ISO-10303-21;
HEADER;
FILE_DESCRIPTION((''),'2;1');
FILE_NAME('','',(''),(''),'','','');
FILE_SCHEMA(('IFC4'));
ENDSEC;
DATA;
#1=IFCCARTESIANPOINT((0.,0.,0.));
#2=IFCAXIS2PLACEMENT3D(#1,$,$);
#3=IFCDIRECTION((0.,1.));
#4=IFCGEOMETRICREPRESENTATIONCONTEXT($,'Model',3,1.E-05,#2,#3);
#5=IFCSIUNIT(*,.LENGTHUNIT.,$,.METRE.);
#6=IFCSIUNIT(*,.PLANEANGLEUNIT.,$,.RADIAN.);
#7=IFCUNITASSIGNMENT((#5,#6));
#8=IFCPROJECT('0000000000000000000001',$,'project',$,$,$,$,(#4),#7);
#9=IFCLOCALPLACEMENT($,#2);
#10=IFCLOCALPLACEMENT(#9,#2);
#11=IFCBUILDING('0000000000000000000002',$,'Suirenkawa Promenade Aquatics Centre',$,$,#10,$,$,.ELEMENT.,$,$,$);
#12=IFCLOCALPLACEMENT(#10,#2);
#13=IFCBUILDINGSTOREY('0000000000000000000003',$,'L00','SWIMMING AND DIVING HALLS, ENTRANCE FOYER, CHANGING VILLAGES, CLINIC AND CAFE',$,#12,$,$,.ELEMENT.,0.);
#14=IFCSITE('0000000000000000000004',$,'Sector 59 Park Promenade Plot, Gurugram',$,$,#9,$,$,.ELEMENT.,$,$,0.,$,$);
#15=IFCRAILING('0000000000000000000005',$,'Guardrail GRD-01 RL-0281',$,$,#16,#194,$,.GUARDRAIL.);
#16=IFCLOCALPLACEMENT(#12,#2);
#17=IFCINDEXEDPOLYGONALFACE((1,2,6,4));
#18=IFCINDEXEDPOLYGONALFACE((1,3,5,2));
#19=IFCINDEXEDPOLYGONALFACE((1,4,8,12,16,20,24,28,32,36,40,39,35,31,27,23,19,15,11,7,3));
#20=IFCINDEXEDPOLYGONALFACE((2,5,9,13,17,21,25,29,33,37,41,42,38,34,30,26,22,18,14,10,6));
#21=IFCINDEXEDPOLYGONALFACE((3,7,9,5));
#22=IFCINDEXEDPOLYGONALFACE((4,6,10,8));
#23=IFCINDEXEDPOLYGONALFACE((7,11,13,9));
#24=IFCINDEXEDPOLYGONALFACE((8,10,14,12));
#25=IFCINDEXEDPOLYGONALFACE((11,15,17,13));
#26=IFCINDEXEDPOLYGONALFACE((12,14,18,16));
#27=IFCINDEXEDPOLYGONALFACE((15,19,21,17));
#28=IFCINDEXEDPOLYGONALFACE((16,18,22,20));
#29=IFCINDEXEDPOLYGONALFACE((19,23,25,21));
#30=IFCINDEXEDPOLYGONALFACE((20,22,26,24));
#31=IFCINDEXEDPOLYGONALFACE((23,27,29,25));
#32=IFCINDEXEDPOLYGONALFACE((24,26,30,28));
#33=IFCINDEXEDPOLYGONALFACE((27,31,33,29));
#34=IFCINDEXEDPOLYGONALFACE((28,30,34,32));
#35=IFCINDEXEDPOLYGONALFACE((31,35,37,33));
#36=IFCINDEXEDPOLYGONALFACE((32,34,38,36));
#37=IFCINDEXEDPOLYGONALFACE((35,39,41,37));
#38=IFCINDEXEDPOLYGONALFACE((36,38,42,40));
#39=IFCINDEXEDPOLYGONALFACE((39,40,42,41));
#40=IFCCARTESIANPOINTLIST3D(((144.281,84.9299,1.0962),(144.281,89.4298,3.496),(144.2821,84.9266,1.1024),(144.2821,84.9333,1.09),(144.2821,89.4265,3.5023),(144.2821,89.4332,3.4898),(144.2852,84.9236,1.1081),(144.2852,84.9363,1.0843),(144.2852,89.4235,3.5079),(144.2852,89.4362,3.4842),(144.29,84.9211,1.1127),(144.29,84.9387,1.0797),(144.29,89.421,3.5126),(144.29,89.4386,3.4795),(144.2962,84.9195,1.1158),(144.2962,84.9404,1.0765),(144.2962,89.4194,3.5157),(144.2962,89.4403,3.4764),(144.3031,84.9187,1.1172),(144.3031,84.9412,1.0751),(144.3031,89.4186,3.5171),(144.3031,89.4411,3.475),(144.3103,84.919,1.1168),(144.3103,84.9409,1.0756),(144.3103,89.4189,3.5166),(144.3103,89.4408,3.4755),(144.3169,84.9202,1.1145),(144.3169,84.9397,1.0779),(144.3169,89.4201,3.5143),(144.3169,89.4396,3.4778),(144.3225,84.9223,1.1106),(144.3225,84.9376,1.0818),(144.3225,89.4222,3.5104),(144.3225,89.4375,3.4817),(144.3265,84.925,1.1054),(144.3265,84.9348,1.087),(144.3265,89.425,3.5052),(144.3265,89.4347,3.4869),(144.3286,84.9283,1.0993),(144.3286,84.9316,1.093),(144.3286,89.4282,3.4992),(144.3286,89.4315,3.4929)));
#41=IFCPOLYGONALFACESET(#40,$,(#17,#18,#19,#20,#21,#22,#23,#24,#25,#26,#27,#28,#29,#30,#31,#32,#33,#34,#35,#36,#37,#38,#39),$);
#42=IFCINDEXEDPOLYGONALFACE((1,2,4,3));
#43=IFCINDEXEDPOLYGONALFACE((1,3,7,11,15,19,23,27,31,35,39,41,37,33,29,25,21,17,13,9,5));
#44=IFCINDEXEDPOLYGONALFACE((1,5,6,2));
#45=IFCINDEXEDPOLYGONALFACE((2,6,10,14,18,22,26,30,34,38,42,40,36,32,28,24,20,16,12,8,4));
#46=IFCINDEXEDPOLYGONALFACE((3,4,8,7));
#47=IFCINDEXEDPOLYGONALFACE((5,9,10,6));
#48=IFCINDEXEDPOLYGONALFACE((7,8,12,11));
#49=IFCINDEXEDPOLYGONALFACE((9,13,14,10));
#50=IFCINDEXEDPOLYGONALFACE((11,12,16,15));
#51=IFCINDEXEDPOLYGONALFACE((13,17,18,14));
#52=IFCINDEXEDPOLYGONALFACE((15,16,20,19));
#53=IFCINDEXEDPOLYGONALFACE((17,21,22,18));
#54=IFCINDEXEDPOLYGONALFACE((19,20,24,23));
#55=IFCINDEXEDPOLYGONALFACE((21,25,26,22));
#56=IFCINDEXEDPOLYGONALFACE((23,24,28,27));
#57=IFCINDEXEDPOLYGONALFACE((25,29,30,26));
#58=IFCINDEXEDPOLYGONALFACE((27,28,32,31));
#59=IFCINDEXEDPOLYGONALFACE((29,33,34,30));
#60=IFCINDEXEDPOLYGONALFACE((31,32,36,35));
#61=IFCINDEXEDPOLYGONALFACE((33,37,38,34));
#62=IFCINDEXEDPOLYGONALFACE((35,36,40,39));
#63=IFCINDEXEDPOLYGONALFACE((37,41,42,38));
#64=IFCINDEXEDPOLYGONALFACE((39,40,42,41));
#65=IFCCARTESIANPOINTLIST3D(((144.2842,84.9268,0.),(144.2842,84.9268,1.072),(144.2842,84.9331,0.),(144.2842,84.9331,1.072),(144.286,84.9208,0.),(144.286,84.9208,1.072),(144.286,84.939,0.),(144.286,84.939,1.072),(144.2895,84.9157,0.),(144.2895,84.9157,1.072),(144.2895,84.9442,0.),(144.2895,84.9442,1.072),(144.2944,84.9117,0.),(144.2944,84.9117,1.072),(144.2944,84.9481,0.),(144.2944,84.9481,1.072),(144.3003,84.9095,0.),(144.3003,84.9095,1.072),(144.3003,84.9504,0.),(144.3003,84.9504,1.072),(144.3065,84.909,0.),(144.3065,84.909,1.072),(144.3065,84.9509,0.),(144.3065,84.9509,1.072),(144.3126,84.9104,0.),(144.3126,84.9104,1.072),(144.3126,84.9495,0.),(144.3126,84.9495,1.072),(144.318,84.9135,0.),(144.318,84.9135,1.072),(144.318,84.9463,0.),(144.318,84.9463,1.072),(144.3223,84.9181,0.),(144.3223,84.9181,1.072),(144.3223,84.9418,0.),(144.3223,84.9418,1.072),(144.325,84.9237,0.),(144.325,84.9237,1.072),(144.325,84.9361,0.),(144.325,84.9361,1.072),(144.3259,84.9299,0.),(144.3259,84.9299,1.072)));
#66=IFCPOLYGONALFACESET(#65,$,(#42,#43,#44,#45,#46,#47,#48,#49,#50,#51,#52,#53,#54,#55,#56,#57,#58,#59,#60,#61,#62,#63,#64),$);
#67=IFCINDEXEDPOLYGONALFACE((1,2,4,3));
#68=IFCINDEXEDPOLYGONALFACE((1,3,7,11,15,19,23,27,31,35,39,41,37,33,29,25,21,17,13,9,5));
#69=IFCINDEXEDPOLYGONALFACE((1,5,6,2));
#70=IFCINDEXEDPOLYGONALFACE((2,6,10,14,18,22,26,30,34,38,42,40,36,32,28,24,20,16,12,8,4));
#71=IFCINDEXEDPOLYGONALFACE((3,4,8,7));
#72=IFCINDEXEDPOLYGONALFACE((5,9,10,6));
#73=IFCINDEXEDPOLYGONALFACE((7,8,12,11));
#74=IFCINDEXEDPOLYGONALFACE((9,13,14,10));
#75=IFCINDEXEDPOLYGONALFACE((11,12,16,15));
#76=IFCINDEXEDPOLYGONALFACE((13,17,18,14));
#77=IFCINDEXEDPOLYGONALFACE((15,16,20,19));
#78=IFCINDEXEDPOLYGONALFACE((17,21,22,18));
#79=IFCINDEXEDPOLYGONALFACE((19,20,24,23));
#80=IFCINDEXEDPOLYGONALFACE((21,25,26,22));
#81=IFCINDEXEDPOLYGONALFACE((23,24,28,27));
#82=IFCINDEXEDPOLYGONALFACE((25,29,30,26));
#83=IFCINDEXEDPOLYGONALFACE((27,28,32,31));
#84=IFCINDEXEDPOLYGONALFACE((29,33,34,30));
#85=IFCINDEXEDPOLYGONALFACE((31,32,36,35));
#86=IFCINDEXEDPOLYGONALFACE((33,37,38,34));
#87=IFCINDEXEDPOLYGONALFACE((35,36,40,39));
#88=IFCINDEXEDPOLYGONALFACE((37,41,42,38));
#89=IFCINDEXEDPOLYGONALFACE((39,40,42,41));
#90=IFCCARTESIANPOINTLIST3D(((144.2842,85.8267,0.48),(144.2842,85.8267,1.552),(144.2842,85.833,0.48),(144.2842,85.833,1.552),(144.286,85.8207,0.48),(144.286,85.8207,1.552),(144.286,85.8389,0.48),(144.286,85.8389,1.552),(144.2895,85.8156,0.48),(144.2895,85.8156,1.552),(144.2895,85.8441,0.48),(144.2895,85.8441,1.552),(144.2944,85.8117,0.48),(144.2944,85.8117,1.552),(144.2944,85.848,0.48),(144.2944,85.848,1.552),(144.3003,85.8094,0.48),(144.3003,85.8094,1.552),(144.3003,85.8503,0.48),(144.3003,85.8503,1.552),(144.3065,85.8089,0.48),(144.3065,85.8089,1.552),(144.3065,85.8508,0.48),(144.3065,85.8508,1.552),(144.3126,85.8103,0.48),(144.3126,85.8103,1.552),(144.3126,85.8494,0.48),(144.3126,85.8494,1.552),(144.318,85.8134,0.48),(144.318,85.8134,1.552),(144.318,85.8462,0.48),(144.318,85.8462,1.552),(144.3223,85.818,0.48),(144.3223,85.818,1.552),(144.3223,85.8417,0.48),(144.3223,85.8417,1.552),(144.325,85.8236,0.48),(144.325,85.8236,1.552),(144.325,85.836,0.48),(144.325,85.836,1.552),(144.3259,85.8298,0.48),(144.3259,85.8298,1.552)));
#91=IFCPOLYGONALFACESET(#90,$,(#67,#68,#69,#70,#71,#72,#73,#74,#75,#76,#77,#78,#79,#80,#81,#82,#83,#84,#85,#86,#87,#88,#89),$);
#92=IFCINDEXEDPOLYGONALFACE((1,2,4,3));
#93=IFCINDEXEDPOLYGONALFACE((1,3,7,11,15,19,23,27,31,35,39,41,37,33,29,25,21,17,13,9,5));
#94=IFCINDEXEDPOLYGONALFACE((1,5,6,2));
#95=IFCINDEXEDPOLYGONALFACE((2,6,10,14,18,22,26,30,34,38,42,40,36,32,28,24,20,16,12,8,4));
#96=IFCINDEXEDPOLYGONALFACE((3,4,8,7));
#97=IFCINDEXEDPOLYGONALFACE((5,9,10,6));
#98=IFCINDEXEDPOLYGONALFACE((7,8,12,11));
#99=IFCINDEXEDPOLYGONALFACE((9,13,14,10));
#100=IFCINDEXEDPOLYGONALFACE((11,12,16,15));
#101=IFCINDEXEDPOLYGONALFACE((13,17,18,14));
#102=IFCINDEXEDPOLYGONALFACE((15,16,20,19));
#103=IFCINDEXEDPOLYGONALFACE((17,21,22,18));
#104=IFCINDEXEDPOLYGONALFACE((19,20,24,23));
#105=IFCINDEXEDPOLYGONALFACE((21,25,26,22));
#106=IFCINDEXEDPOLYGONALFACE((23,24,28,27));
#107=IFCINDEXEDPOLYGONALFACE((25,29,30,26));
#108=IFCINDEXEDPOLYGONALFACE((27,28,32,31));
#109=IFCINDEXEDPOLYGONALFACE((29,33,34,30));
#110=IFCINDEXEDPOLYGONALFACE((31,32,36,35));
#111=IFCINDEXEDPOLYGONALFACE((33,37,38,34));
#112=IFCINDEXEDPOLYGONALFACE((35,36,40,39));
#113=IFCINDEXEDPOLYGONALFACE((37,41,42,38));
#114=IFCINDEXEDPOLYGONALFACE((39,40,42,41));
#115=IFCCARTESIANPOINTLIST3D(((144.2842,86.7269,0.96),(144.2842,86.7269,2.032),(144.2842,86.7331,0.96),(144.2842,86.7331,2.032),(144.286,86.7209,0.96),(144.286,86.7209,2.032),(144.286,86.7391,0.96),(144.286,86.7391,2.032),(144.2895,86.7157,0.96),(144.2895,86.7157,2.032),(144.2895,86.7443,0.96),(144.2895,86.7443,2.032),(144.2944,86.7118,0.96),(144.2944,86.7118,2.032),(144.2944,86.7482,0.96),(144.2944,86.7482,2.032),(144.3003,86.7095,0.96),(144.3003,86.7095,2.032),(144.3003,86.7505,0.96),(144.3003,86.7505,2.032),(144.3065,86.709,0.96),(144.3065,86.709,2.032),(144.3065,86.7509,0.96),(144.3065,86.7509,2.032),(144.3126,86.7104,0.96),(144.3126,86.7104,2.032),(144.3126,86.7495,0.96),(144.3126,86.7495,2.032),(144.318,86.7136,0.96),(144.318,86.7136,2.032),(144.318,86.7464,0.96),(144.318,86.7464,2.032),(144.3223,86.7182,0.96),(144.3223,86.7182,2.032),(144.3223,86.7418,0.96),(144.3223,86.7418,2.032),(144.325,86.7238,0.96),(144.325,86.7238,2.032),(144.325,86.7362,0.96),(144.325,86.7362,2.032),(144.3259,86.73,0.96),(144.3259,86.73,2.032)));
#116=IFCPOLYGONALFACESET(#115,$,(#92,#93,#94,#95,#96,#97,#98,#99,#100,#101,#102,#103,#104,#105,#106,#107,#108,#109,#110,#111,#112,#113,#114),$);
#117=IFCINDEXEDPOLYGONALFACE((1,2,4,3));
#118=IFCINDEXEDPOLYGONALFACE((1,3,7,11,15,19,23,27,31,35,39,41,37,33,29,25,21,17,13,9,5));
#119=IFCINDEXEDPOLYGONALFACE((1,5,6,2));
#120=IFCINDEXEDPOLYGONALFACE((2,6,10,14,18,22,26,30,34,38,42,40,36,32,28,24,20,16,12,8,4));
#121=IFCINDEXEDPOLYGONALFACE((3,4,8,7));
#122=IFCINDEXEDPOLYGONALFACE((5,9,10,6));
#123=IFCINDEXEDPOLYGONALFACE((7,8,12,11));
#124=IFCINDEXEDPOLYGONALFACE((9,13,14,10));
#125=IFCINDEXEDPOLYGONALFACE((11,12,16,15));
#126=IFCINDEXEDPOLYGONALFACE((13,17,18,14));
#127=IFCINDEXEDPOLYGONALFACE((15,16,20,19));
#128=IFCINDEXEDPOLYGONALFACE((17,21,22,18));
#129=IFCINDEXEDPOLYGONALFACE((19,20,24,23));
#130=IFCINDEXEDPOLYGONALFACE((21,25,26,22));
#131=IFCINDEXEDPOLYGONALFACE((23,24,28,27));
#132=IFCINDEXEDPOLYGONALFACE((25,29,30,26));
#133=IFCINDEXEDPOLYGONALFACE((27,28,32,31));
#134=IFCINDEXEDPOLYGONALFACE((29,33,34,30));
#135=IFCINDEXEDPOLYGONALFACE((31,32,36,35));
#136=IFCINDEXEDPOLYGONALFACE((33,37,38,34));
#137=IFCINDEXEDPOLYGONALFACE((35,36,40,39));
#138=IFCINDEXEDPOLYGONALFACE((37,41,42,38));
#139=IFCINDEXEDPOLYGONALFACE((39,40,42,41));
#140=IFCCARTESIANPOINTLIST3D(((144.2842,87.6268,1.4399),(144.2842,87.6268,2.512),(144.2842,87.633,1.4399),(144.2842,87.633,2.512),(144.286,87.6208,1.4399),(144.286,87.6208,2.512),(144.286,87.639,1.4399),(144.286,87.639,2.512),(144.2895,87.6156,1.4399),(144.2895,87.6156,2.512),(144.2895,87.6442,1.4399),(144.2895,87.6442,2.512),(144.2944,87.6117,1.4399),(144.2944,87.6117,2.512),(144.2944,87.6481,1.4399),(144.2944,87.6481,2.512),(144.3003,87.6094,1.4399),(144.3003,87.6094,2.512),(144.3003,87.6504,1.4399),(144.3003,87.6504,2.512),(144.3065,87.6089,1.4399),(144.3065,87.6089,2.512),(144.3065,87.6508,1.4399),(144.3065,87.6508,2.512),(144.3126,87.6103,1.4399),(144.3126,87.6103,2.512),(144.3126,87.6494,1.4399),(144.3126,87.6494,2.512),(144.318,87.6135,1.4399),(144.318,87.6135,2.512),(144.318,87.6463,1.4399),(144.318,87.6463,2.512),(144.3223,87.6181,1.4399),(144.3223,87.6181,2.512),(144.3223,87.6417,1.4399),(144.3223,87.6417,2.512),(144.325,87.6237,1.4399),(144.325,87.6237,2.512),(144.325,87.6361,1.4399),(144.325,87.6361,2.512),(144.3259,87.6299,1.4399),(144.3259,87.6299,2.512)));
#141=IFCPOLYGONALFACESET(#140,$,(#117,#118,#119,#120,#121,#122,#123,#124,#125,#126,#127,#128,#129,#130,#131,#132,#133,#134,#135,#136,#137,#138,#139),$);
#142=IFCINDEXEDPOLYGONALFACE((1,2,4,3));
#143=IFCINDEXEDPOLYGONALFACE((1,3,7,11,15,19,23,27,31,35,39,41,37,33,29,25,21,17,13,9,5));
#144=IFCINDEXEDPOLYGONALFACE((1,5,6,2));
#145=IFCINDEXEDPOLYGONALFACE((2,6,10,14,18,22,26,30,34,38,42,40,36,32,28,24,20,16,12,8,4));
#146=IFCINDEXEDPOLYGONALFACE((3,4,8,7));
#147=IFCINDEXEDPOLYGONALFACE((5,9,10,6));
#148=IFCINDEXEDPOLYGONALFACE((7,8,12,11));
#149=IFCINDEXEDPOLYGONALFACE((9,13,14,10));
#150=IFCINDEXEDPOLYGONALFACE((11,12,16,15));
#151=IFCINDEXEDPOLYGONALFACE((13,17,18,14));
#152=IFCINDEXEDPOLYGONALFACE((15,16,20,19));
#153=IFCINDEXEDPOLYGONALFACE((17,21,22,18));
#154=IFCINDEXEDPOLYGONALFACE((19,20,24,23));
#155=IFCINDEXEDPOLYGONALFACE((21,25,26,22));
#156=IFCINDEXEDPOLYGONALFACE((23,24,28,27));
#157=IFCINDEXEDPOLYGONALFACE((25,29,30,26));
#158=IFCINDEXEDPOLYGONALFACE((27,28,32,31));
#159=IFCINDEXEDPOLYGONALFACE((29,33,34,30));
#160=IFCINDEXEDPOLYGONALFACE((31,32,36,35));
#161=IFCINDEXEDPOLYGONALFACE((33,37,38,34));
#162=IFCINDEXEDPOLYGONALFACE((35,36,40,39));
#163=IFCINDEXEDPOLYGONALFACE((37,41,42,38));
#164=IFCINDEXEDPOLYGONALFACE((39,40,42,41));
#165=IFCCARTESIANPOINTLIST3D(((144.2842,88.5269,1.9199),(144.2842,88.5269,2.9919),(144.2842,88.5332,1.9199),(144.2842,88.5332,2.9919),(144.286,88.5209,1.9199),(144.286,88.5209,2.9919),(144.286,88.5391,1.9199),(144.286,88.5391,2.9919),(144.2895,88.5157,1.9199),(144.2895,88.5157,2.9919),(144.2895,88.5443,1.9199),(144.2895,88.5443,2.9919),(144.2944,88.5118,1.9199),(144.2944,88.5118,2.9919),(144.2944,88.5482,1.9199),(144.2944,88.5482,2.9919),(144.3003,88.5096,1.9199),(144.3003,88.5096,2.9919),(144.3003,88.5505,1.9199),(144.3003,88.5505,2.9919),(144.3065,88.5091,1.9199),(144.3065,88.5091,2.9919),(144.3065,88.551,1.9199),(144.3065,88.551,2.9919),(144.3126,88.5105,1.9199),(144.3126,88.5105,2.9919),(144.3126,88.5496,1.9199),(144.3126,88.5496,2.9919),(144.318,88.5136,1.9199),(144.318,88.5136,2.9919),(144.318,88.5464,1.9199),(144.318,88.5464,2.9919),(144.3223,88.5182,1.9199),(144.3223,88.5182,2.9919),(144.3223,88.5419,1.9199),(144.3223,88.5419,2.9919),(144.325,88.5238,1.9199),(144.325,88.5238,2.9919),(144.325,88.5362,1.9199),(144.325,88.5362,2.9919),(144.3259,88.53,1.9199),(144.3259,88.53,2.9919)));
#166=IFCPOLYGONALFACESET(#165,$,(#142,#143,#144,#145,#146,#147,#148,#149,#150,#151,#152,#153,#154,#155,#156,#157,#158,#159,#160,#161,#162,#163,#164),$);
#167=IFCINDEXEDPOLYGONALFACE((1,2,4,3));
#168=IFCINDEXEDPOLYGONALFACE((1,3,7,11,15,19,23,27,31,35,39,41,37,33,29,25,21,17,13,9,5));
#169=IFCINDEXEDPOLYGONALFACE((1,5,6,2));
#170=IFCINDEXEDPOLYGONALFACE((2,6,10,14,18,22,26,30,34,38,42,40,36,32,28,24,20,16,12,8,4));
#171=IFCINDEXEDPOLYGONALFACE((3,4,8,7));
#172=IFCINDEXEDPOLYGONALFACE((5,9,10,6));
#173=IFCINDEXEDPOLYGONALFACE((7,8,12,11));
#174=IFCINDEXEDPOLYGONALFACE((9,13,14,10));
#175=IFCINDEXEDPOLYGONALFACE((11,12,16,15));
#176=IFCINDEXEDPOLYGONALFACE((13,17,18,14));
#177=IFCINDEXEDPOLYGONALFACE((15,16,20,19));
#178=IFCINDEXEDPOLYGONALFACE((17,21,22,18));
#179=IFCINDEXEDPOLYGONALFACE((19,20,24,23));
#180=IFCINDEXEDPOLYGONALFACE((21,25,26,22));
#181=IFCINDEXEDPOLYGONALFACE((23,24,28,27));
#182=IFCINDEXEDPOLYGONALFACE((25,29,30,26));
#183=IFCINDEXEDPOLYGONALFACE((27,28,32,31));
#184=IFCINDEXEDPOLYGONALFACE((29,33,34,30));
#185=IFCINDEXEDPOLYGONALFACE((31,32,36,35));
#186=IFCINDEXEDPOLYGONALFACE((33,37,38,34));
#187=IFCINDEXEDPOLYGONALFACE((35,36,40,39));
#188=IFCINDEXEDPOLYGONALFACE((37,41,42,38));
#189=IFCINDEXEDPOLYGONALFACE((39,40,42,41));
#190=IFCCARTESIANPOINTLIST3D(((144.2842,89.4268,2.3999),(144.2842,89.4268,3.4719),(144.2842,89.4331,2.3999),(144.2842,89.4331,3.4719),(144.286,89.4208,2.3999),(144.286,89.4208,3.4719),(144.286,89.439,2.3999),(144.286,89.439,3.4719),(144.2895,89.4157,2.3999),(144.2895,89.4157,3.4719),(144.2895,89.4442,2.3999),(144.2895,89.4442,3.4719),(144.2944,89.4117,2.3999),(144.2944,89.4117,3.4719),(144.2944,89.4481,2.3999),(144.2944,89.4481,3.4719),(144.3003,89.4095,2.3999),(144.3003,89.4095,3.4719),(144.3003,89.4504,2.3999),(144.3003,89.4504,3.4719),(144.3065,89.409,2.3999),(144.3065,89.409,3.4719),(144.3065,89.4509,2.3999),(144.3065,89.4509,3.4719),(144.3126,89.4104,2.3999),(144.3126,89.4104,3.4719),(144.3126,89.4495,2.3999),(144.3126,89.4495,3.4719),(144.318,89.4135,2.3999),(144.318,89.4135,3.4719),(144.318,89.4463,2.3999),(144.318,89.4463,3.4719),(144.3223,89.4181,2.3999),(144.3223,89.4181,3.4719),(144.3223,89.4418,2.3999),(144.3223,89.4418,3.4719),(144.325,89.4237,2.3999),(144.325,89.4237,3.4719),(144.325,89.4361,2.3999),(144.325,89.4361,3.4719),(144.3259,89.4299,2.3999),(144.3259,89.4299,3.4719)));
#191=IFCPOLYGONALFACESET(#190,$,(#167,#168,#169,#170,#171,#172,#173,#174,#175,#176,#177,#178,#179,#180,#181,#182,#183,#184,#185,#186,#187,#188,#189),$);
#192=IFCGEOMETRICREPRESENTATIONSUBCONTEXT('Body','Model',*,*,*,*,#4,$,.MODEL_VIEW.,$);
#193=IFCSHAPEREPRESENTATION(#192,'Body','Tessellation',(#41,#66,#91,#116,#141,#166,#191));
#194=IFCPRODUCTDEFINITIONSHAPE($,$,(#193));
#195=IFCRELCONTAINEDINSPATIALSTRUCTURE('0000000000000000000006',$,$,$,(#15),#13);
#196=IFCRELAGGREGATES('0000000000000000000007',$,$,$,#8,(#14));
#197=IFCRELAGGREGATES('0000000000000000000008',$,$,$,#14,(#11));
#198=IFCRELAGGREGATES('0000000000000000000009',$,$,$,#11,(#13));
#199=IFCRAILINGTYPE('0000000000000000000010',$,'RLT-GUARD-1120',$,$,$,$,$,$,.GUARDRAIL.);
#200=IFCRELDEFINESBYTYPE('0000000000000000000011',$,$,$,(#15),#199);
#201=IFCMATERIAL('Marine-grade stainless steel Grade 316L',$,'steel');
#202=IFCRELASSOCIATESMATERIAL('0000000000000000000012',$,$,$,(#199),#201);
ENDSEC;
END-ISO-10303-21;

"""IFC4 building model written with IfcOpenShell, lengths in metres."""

from ifc_helpers import new_model, si_unit, direction, frame, origin, origin_2d, place, context, subcontext, project, spatial, circle, extrude, material, type_object, element, save


model = new_model("IFC4")

# Units and contexts
model_context = context("Model", 3, precision=1e-05, world=origin(), true_north=direction((0.0, 1.0)))
body_context = subcontext(model_context, "Body", "Model", "MODEL_VIEW")
ifc_project = project(units=[si_unit("LENGTHUNIT", "METRE"), si_unit("PLANEANGLEUNIT", "RADIAN")], contexts=[model_context])

# Site, building, storey
site_placement = place(None, origin())
site = spatial("IfcSite", under=ifc_project, at=site_placement, Name="Sector 59 Park Promenade Plot, Gurugram", CompositionType="ELEMENT", RefElevation=0.0)
building_placement = place(site_placement, origin())
building = spatial("IfcBuilding", under=site, at=building_placement, Name="Suirenkawa Promenade Aquatics Centre", CompositionType="ELEMENT")
storey_placement = place(building_placement, origin())
storey = spatial("IfcBuildingStorey", under=building, at=storey_placement, Name="L00", Description="SWIMMING AND DIVING HALLS, ENTRANCE FOYER, CHANGING VILLAGES, CLINIC AND CAFE", CompositionType="ELEMENT", Elevation=0.0)

# Railing
ifc_material_1 = material(Name="Marine-grade stainless steel Grade 316L", Category="steel")
railing_type_1 = type_object("IfcRailingType", Name="RLT-GUARD-1120", PredefinedType="GUARDRAIL", material=ifc_material_1)
railing_1_placement = place(storey_placement, frame((144.3049, 84.9299, 0.0)))
element("IfcRailing", 1, at=railing_1_placement, inside=storey, type_object=railing_type_1, Name="Guardrail GRD-01 RL-0281", PredefinedType="GUARDRAIL", context=body_context, shape_type="SweptSolid", body=[
    extrude(circle(Radius=0.0239, at=origin_2d()), frame((0.0, 0.0, 1.0962), z_axis=(0.0, 0.882361, 0.470573), x_axis=(-1.0, 0.0, 0.0)), (0.0, 0.0, 1.0), 5.0999),
    extrude(circle(Radius=0.021, at=origin_2d()), origin(), (0.0, 0.0, 1.0), 1.072),
    extrude(circle(Radius=0.021, at=origin_2d()), frame((0.0, 0.8999, 0.48)), (0.0, 0.0, 1.0), 1.072),
    extrude(circle(Radius=0.021, at=origin_2d()), frame((0.0, 1.8, 0.96)), (0.0, 0.0, 1.0), 1.072),
    extrude(circle(Radius=0.021, at=origin_2d()), frame((0.0, 2.7, 1.4399)), (0.0, 0.0, 1.0), 1.072),
    extrude(circle(Radius=0.021, at=origin_2d()), frame((0.0, 3.6001, 1.9199)), (0.0, 0.0, 1.0), 1.072),
    extrude(circle(Radius=0.021, at=origin_2d()), frame((0.0, 4.5, 2.3999)), (0.0, 0.0, 1.0), 1.072),
])

save(model, "model.ifc")
